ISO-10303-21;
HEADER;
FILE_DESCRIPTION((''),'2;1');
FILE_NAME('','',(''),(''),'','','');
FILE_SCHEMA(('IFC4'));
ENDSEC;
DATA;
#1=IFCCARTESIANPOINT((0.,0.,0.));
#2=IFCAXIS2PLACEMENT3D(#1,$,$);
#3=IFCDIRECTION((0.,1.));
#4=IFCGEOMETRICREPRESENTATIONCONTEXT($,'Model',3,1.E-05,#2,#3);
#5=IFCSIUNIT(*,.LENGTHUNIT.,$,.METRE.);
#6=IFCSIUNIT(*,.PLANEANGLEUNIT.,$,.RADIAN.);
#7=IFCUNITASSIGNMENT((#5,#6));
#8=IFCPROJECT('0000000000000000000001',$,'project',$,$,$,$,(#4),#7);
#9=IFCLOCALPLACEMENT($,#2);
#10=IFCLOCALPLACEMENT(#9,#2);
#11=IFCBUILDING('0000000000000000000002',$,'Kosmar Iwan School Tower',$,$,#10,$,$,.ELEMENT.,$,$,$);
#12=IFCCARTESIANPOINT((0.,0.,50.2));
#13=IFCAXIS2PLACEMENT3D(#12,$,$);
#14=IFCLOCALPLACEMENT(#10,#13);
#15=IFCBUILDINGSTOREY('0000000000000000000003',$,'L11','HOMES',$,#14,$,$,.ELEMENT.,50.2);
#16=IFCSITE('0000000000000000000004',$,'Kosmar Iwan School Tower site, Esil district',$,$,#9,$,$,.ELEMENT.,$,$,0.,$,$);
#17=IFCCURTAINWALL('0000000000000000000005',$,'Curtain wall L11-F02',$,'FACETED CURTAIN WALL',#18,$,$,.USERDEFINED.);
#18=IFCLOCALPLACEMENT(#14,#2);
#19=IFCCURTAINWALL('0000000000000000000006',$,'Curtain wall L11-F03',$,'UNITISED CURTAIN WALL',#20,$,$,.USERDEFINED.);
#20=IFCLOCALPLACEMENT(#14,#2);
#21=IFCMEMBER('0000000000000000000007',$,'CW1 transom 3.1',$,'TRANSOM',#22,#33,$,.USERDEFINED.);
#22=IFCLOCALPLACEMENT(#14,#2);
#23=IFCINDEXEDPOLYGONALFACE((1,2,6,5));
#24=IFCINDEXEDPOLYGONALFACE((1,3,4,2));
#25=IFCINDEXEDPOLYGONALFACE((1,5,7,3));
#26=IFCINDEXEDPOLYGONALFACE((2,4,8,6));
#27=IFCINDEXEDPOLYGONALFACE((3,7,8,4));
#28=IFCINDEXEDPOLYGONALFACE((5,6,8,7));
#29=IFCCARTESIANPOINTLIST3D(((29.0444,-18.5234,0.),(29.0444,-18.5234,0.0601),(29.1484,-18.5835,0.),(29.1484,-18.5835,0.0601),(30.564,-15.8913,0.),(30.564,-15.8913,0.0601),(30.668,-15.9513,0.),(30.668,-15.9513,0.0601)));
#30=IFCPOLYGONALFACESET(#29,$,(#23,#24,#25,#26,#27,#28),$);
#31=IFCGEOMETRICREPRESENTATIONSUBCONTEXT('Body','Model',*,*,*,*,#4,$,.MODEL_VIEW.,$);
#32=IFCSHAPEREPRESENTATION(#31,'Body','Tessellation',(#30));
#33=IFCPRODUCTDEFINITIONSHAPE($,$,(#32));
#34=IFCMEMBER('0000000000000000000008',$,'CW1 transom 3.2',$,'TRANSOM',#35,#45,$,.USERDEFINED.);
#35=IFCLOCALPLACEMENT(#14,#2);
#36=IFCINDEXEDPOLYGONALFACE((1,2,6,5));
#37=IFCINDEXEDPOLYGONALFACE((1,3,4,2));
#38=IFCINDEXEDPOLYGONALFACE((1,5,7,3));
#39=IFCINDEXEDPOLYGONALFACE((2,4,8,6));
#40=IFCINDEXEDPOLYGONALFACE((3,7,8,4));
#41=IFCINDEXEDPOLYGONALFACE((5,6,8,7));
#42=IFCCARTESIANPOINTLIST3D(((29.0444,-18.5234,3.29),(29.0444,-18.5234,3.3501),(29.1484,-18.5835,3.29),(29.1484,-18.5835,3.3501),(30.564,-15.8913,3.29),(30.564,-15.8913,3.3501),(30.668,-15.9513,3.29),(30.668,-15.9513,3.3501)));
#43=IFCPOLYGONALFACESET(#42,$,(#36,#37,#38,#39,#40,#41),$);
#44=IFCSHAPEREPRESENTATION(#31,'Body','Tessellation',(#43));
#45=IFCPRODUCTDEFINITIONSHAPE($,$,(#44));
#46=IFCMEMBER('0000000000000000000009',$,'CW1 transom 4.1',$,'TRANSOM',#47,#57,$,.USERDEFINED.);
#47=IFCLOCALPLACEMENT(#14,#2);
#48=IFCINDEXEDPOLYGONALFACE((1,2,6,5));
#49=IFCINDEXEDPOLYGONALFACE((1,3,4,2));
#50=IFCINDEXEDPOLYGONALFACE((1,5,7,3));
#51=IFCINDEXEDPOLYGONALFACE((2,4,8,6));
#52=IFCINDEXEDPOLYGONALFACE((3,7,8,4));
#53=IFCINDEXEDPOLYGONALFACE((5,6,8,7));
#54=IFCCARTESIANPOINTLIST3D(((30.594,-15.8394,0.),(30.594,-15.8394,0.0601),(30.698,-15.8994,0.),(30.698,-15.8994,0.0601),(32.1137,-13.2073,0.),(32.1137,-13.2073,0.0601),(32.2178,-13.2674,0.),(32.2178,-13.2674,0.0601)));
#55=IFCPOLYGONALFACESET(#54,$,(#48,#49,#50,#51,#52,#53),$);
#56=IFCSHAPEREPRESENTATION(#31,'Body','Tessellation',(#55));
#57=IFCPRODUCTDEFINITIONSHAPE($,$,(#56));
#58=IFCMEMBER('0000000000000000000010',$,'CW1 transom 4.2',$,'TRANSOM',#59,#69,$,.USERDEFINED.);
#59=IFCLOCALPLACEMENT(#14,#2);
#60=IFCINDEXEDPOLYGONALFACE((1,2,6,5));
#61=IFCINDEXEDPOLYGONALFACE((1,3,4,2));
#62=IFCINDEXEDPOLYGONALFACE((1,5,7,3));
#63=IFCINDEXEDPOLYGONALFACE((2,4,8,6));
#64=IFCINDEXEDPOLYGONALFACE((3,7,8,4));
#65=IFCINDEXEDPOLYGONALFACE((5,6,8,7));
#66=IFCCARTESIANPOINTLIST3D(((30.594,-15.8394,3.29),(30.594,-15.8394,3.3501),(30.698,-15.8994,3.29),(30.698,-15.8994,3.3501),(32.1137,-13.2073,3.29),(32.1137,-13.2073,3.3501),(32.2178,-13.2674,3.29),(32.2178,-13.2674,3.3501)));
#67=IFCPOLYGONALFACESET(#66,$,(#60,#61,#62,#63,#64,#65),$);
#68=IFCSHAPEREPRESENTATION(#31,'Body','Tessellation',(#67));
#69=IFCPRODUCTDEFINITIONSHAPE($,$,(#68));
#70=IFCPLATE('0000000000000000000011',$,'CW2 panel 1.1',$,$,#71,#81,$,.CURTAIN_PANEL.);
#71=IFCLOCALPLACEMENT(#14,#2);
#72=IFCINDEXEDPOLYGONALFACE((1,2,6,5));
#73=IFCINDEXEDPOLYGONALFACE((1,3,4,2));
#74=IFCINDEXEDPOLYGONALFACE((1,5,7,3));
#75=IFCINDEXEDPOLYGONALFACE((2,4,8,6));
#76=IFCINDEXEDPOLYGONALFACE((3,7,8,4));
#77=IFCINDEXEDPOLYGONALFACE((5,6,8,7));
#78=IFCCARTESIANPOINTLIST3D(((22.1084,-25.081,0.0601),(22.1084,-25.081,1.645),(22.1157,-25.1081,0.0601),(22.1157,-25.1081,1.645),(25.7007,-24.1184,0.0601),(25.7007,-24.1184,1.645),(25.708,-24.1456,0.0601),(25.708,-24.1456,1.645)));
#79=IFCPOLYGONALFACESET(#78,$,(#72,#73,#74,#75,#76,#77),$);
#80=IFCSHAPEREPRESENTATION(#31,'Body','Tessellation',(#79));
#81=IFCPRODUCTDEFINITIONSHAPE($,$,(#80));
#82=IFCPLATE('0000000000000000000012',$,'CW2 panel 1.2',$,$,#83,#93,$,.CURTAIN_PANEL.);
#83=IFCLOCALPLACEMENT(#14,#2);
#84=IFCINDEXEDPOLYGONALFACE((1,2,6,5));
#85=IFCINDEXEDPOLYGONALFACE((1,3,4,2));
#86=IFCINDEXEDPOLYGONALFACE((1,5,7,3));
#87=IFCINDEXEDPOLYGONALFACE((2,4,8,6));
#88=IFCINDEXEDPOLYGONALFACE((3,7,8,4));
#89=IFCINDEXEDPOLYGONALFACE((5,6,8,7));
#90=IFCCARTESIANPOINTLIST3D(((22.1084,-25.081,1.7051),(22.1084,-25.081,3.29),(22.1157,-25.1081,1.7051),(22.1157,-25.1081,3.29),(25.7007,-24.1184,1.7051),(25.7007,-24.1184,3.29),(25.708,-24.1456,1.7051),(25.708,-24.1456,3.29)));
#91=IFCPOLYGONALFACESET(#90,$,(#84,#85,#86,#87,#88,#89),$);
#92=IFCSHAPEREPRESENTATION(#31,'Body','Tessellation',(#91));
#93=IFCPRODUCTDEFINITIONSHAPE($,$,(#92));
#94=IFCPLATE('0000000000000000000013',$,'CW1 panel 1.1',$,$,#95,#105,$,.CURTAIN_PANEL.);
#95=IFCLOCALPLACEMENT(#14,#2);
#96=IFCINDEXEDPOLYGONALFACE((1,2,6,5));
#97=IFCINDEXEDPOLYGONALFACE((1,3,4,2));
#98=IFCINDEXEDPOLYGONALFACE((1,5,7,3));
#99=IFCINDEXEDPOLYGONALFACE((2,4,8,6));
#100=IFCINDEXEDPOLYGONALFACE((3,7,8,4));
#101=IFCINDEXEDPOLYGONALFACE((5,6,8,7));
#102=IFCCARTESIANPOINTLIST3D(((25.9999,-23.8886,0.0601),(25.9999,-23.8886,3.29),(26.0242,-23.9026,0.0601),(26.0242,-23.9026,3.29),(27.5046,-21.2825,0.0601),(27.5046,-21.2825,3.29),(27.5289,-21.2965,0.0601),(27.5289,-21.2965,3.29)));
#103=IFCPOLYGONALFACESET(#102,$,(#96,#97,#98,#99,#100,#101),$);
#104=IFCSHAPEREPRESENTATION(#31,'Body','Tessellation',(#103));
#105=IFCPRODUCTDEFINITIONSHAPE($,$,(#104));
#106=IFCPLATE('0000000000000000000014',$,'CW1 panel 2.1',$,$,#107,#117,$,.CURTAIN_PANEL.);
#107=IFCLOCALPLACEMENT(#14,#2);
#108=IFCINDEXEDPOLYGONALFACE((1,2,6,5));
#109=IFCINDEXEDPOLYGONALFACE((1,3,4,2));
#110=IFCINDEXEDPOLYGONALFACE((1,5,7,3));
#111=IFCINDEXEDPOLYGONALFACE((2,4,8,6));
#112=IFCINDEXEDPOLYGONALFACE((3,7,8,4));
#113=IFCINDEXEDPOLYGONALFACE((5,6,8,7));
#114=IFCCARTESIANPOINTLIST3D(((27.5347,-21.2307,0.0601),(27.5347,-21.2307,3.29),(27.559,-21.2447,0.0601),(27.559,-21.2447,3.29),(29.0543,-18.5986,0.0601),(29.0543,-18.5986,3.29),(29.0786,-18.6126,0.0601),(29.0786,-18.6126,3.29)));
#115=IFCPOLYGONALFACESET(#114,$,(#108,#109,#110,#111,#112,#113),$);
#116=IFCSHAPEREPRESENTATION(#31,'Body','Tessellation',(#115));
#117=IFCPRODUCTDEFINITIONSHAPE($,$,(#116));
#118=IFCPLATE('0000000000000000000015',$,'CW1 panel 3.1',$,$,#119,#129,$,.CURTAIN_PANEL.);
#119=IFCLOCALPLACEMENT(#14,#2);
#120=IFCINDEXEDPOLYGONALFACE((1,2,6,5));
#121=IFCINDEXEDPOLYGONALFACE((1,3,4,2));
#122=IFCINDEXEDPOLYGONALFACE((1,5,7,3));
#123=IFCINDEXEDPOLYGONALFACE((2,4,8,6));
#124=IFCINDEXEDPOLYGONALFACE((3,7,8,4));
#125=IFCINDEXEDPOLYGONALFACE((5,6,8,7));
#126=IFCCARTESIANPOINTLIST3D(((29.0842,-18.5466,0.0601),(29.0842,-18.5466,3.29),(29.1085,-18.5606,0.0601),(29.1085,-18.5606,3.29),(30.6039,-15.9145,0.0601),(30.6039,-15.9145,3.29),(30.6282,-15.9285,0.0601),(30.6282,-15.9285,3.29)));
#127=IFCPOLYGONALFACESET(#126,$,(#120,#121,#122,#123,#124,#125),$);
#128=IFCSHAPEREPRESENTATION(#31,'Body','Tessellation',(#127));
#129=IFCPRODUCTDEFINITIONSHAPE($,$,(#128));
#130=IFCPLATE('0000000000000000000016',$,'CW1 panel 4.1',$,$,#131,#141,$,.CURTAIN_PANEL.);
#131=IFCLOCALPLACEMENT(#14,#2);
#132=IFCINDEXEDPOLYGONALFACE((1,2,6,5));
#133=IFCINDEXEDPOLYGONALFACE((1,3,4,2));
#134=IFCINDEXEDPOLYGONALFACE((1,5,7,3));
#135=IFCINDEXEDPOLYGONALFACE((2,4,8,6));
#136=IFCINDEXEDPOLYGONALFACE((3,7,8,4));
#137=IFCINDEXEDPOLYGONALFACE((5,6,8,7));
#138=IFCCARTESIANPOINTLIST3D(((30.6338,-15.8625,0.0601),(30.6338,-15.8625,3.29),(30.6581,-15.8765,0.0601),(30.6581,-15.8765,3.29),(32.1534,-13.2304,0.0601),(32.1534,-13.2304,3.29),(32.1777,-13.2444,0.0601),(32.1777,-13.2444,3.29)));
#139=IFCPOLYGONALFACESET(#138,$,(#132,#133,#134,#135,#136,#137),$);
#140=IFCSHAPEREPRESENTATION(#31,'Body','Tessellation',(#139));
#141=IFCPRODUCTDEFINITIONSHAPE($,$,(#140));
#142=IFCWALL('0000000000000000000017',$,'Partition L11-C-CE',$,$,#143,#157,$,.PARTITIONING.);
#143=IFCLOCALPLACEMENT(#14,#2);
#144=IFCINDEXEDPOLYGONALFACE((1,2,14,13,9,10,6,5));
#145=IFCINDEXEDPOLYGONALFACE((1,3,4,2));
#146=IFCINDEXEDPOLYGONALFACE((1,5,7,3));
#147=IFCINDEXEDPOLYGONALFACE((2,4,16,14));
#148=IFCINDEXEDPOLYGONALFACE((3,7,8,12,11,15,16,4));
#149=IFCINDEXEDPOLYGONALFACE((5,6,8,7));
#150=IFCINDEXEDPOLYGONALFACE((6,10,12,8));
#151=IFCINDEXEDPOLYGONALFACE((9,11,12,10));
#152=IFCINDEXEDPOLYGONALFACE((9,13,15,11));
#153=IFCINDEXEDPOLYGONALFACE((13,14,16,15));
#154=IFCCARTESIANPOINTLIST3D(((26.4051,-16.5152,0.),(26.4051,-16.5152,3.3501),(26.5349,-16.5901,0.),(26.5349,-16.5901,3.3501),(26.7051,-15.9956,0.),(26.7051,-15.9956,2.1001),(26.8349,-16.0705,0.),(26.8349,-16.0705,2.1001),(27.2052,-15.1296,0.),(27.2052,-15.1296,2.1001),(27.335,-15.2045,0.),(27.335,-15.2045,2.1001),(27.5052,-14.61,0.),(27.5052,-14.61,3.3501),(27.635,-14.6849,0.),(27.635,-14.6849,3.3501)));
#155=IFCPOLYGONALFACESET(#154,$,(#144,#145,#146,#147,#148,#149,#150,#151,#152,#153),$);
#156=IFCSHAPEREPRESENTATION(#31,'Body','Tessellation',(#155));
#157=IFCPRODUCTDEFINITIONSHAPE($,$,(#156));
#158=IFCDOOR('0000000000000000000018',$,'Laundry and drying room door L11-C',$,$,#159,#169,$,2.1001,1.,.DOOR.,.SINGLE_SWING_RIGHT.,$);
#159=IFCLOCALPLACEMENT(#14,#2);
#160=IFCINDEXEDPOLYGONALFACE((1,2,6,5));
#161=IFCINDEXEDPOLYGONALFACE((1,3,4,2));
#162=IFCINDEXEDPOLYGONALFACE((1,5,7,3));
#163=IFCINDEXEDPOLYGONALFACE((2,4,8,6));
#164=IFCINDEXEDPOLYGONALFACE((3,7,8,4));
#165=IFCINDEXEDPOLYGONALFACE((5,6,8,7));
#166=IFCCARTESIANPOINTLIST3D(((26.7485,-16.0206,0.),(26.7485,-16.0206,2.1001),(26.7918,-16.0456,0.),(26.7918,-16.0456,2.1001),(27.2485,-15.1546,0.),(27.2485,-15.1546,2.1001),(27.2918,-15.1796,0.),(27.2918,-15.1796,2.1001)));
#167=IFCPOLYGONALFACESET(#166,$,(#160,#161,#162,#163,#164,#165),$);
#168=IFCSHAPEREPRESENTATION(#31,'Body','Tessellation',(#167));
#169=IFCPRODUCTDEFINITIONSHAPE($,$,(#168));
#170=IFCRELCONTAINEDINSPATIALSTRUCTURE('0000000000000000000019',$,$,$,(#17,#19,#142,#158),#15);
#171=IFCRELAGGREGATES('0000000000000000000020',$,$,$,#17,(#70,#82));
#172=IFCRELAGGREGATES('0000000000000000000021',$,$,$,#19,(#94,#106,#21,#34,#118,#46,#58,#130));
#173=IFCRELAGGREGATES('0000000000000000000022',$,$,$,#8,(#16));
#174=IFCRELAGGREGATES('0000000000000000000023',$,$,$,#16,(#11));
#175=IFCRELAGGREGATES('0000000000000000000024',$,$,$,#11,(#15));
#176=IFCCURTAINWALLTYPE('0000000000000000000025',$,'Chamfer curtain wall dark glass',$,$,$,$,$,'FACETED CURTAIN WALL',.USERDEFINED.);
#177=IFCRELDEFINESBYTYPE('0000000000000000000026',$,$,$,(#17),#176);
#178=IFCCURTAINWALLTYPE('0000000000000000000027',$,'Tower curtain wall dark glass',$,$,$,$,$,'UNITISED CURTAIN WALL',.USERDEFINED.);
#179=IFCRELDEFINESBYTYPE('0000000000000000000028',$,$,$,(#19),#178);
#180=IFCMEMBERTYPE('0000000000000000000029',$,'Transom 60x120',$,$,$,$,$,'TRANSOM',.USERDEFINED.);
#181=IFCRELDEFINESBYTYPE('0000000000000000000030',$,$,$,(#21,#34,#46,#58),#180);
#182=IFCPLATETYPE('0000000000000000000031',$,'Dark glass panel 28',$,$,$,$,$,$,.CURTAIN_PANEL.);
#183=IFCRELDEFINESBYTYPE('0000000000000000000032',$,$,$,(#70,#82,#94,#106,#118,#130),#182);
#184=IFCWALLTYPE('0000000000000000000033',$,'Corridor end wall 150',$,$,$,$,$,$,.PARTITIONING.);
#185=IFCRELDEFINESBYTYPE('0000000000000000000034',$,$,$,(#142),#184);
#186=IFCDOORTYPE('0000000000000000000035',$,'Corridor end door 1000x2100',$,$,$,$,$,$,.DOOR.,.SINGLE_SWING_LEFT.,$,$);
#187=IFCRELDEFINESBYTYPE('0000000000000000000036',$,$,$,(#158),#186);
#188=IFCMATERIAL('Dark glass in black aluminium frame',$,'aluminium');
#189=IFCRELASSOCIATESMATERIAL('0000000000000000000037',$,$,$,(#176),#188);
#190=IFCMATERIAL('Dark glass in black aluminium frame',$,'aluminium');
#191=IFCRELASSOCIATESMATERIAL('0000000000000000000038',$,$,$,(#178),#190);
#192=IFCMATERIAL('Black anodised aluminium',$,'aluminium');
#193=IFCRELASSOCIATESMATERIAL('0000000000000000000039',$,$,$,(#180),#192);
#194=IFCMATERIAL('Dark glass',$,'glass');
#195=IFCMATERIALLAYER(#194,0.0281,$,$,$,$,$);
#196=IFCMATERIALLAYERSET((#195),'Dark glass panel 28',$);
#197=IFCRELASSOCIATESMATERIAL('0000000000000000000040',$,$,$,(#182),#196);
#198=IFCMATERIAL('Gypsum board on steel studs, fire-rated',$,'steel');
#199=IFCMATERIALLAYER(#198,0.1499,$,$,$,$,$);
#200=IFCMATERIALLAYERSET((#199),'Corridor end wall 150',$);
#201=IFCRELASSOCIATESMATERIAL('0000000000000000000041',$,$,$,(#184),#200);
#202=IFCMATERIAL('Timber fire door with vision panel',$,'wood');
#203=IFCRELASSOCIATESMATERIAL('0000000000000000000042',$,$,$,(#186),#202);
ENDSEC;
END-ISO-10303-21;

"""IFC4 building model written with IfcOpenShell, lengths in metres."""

from ifc_helpers import new_model, si_unit, direction, frame, frame_2d, origin, origin_2d, place, context, subcontext, project, spatial, rectangle, extrude, material, layer, layer_set, material_profile, profile_set, type_object, element, fill, aggregate, save


model = new_model("IFC4")

# Units and contexts
model_context = context("Model", 3, precision=1e-05, world=origin(), true_north=direction((0.0, 1.0)))
body_context = subcontext(model_context, "Body", "Model", "MODEL_VIEW")
ifc_project = project(units=[si_unit("LENGTHUNIT", "METRE"), si_unit("PLANEANGLEUNIT", "RADIAN")], contexts=[model_context])

# Site, building, storey
site_placement = place(None, origin())
site = spatial("IfcSite", under=ifc_project, at=site_placement, Name="Kosmar Iwan School Tower site, Esil district", CompositionType="ELEMENT", RefElevation=0.0)
building_placement = place(site_placement, origin())
building = spatial("IfcBuilding", under=site, at=building_placement, Name="Kosmar Iwan School Tower", CompositionType="ELEMENT")
storey_placement = place(building_placement, frame((0.0, 0.0, 50.2)))
storey = spatial("IfcBuildingStorey", under=building, at=storey_placement, Name="L11", Description="HOMES", CompositionType="ELEMENT", Elevation=50.2)

# Curtain wall
ifc_material_1 = material(Name="Dark glass in black aluminium frame", Category="aluminium")
curtain_wall_type_1 = type_object("IfcCurtainWallType", Name="Chamfer curtain wall dark glass", ElementType="FACETED CURTAIN WALL", PredefinedType="USERDEFINED", material=ifc_material_1)
curtain_wall_1_placement = place(storey_placement, origin())
curtain_wall_1 = element("IfcCurtainWall", 1, at=curtain_wall_1_placement, inside=storey, type_object=curtain_wall_type_1, Name="Curtain wall L11-F02", ObjectType="FACETED CURTAIN WALL", PredefinedType="USERDEFINED")

# Curtain wall
ifc_material_2 = material(Name="Dark glass in black aluminium frame", Category="aluminium")
curtain_wall_type_2 = type_object("IfcCurtainWallType", Name="Tower curtain wall dark glass", ElementType="UNITISED CURTAIN WALL", PredefinedType="USERDEFINED", material=ifc_material_2)
curtain_wall_2_placement = place(storey_placement, origin())
curtain_wall_2 = element("IfcCurtainWall", 2, at=curtain_wall_2_placement, inside=storey, type_object=curtain_wall_type_2, Name="Curtain wall L11-F03", ObjectType="UNITISED CURTAIN WALL", PredefinedType="USERDEFINED")

# Members
ifc_material_3 = material(Name="Black anodised aluminium", Category="aluminium")
ifc_material_profile_1 = material_profile(ifc_material_3, rectangle(XDim=0.1201, YDim=0.0601, at=origin_2d()), Name="TRANSOM 60x120")
ifc_profile_set_1 = profile_set([ifc_material_profile_1], Name="Black anodised aluminium")
member_type_1 = type_object("IfcMemberType", Name="Transom 60x120", ElementType="TRANSOM", PredefinedType="USERDEFINED", material=ifc_profile_set_1)
member_1_placement = place(storey_placement, frame((29.0964, -18.5535, 0.03), z_axis=(0.499975, 0.86604, 0.0), x_axis=(-0.86604, 0.499975, 0.0)))
member_1 = element("IfcMember", 3, at=member_1_placement, type_object=member_type_1, Name="CW1 transom 3.1", ObjectType="TRANSOM", PredefinedType="USERDEFINED", context=body_context, shape_type="SweptSolid", body=[
    extrude(rectangle(XDim=0.1201, YDim=0.0601, at=origin_2d()), origin(), (0.0, 0.0, 1.0), 3.0393),
])
member_2_placement = place(storey_placement, frame((29.0964, -18.5535, 3.3201), z_axis=(0.499975, 0.86604, 0.0), x_axis=(-0.86604, 0.499975, 0.0)))
member_2 = element("IfcMember", 4, at=member_2_placement, type_object=member_type_1, Name="CW1 transom 3.2", ObjectType="TRANSOM", PredefinedType="USERDEFINED", context=body_context, shape_type="SweptSolid", body=[
    extrude(rectangle(XDim=0.1201, YDim=0.0601, at=origin_2d()), origin(), (0.0, 0.0, 1.0), 3.0393),
])
member_3_placement = place(storey_placement, frame((30.646, -15.8694, 0.03), z_axis=(0.500035, 0.866005, 0.0), x_axis=(-0.866005, 0.500035, 0.0)))
member_3 = element("IfcMember", 5, at=member_3_placement, type_object=member_type_1, Name="CW1 transom 4.1", ObjectType="TRANSOM", PredefinedType="USERDEFINED", context=body_context, shape_type="SweptSolid", body=[
    extrude(rectangle(XDim=0.1201, YDim=0.0601, at=origin_2d()), origin(), (0.0, 0.0, 1.0), 3.0393),
])
member_4_placement = place(storey_placement, frame((30.646, -15.8694, 3.3201), z_axis=(0.500035, 0.866005, 0.0), x_axis=(-0.866005, 0.500035, 0.0)))
member_4 = element("IfcMember", 6, at=member_4_placement, type_object=member_type_1, Name="CW1 transom 4.2", ObjectType="TRANSOM", PredefinedType="USERDEFINED", context=body_context, shape_type="SweptSolid", body=[
    extrude(rectangle(XDim=0.1201, YDim=0.0601, at=origin_2d()), origin(), (0.0, 0.0, 1.0), 3.0393),
])

# Plates
ifc_material_4 = material(Name="Dark glass", Category="glass")
ifc_layer_1 = layer(ifc_material_4, 0.0281)
ifc_layer_set_1 = layer_set([ifc_layer_1], Name="Dark glass panel 28")
plate_type = type_object("IfcPlateType", Name="Dark glass panel 28", PredefinedType="CURTAIN_PANEL", material=ifc_layer_set_1)
plate_1_placement = place(storey_placement, frame((23.9082, -24.6133, 0.0601), z_axis=(0.0, 0.0, 1.0), x_axis=(0.965926, 0.258819, 0.0)))
plate_1 = element("IfcPlate", 7, at=plate_1_placement, type_object=plate_type, Name="CW2 panel 1.1", PredefinedType="CURTAIN_PANEL", context=body_context, shape_type="SweptSolid", body=[
    extrude(rectangle(XDim=3.719, YDim=0.0281, at=origin_2d()), origin(), (0.0, 0.0, 1.0), 1.585),
])
plate_2_placement = place(storey_placement, frame((23.9082, -24.6133, 1.7051), z_axis=(0.0, 0.0, 1.0), x_axis=(0.965926, 0.258819, 0.0)))
plate_2 = element("IfcPlate", 8, at=plate_2_placement, type_object=plate_type, Name="CW2 panel 1.2", PredefinedType="CURTAIN_PANEL", context=body_context, shape_type="SweptSolid", body=[
    extrude(rectangle(XDim=3.719, YDim=0.0281, at=origin_2d()), origin(), (0.0, 0.0, 1.0), 1.585),
])
aggregate(curtain_wall_1, [plate_1, plate_2])
plate_3_placement = place(storey_placement, frame((26.7644, -22.5925, 0.0601), z_axis=(0.0, 0.0, 1.0), x_axis=(0.5, 0.866025, 0.0)))
plate_3 = element("IfcPlate", 9, at=plate_3_placement, type_object=plate_type, Name="CW1 panel 1.1", PredefinedType="CURTAIN_PANEL", context=body_context, shape_type="SweptSolid", body=[
    extrude(rectangle(XDim=3.0093, YDim=0.0281, at=origin_2d()), origin(), (0.0, 0.0, 1.0), 3.23),
])
plate_4_placement = place(storey_placement, frame((28.3066, -19.9216, 0.0601), z_axis=(0.0, 0.0, 1.0), x_axis=(0.5, 0.866025, 0.0)))
plate_4 = element("IfcPlate", 10, at=plate_4_placement, type_object=plate_type, Name="CW1 panel 2.1", PredefinedType="CURTAIN_PANEL", context=body_context, shape_type="SweptSolid", body=[
    extrude(rectangle(XDim=3.0393, YDim=0.0281, at=origin_2d()), origin(), (0.0, 0.0, 1.0), 3.23),
])
plate_5_placement = place(storey_placement, frame((29.8562, -17.2375, 0.0601), z_axis=(0.0, 0.0, 1.0), x_axis=(0.5, 0.866025, 0.0)))
plate_5 = element("IfcPlate", 11, at=plate_5_placement, type_object=plate_type, Name="CW1 panel 3.1", PredefinedType="CURTAIN_PANEL", context=body_context, shape_type="SweptSolid", body=[
    extrude(rectangle(XDim=3.0393, YDim=0.0281, at=origin_2d()), origin(), (0.0, 0.0, 1.0), 3.23),
])
plate_6_placement = place(storey_placement, frame((31.4058, -14.5535, 0.0601), z_axis=(0.0, 0.0, 1.0), x_axis=(0.5, 0.866025, 0.0)))
plate_6 = element("IfcPlate", 12, at=plate_6_placement, type_object=plate_type, Name="CW1 panel 4.1", PredefinedType="CURTAIN_PANEL", context=body_context, shape_type="SweptSolid", body=[
    extrude(rectangle(XDim=3.0393, YDim=0.0281, at=origin_2d()), origin(), (0.0, 0.0, 1.0), 3.23),
])
aggregate(curtain_wall_2, [plate_3, plate_4, member_1, member_2, plate_5, member_3, member_4, plate_6])

# Wall, opening, door
ifc_material_5 = material(Name="Gypsum board on steel studs, fire-rated", Category="steel")
ifc_layer_2 = layer(ifc_material_5, 0.1499)
ifc_layer_set_2 = layer_set([ifc_layer_2], Name="Corridor end wall 150")
wall_type_1 = type_object("IfcWallType", Name="Corridor end wall 150", PredefinedType="PARTITIONING", material=ifc_layer_set_2)
wall_1_placement = place(storey_placement, frame((26.47, -16.5527, 0.0), z_axis=(0.0, 0.0, 1.0), x_axis=(0.50003, 0.866008, 0.0)))
wall_1 = element("IfcWall", 13, at=wall_1_placement, inside=storey, type_object=wall_type_1, Name="Partition L11-C-CE", PredefinedType="PARTITIONING", context=body_context, shape_type="SweptSolid", body=[
    extrude(rectangle(XDim=2.2, YDim=0.1499, at=frame_2d((1.1001, 0.0))), origin(), (0.0, 0.0, 1.0), 3.3501),
])
opening_1_placement = place(wall_1_placement, frame((0.6001, 0.0, 0.0)))
opening_1 = element("IfcOpeningElement", 14, at=opening_1_placement, cuts=wall_1, PredefinedType="OPENING", context=body_context, shape_type="SweptSolid", body=[
    extrude(rectangle(XDim=1.0, YDim=2.1001, at=frame_2d((0.5, 1.05))), frame((0.0, 0.0869, 0.0), z_axis=(0.0, -1.0, 0.0), x_axis=(1.0, 0.0, 0.0)), (0.0, 0.0, 1.0), 0.1738),
])
ifc_material_6 = material(Name="Timber fire door with vision panel", Category="wood")
door_type_1 = type_object("IfcDoorType", Name="Corridor end door 1000x2100", OperationType="SINGLE_SWING_LEFT", PredefinedType="DOOR", material=ifc_material_6)
door_1_placement = place(opening_1_placement, origin())
door_1 = element("IfcDoor", 15, at=door_1_placement, inside=storey, type_object=door_type_1, Name="Laundry and drying room door L11-C", OperationType="SINGLE_SWING_RIGHT", OverallHeight=2.1001, OverallWidth=1.0, PredefinedType="DOOR", context=body_context, shape_type="SweptSolid", body=[
    extrude(rectangle(XDim=1.0, YDim=2.1001, at=frame_2d((0.5, 1.05))), frame((0.0, 0.0249, 0.0), z_axis=(0.0, -1.0, 0.0), x_axis=(1.0, 0.0, 0.0)), (0.0, 0.0, 1.0), 0.05),
])
fill(opening_1, door_1)

save(model, "model.ifc")
